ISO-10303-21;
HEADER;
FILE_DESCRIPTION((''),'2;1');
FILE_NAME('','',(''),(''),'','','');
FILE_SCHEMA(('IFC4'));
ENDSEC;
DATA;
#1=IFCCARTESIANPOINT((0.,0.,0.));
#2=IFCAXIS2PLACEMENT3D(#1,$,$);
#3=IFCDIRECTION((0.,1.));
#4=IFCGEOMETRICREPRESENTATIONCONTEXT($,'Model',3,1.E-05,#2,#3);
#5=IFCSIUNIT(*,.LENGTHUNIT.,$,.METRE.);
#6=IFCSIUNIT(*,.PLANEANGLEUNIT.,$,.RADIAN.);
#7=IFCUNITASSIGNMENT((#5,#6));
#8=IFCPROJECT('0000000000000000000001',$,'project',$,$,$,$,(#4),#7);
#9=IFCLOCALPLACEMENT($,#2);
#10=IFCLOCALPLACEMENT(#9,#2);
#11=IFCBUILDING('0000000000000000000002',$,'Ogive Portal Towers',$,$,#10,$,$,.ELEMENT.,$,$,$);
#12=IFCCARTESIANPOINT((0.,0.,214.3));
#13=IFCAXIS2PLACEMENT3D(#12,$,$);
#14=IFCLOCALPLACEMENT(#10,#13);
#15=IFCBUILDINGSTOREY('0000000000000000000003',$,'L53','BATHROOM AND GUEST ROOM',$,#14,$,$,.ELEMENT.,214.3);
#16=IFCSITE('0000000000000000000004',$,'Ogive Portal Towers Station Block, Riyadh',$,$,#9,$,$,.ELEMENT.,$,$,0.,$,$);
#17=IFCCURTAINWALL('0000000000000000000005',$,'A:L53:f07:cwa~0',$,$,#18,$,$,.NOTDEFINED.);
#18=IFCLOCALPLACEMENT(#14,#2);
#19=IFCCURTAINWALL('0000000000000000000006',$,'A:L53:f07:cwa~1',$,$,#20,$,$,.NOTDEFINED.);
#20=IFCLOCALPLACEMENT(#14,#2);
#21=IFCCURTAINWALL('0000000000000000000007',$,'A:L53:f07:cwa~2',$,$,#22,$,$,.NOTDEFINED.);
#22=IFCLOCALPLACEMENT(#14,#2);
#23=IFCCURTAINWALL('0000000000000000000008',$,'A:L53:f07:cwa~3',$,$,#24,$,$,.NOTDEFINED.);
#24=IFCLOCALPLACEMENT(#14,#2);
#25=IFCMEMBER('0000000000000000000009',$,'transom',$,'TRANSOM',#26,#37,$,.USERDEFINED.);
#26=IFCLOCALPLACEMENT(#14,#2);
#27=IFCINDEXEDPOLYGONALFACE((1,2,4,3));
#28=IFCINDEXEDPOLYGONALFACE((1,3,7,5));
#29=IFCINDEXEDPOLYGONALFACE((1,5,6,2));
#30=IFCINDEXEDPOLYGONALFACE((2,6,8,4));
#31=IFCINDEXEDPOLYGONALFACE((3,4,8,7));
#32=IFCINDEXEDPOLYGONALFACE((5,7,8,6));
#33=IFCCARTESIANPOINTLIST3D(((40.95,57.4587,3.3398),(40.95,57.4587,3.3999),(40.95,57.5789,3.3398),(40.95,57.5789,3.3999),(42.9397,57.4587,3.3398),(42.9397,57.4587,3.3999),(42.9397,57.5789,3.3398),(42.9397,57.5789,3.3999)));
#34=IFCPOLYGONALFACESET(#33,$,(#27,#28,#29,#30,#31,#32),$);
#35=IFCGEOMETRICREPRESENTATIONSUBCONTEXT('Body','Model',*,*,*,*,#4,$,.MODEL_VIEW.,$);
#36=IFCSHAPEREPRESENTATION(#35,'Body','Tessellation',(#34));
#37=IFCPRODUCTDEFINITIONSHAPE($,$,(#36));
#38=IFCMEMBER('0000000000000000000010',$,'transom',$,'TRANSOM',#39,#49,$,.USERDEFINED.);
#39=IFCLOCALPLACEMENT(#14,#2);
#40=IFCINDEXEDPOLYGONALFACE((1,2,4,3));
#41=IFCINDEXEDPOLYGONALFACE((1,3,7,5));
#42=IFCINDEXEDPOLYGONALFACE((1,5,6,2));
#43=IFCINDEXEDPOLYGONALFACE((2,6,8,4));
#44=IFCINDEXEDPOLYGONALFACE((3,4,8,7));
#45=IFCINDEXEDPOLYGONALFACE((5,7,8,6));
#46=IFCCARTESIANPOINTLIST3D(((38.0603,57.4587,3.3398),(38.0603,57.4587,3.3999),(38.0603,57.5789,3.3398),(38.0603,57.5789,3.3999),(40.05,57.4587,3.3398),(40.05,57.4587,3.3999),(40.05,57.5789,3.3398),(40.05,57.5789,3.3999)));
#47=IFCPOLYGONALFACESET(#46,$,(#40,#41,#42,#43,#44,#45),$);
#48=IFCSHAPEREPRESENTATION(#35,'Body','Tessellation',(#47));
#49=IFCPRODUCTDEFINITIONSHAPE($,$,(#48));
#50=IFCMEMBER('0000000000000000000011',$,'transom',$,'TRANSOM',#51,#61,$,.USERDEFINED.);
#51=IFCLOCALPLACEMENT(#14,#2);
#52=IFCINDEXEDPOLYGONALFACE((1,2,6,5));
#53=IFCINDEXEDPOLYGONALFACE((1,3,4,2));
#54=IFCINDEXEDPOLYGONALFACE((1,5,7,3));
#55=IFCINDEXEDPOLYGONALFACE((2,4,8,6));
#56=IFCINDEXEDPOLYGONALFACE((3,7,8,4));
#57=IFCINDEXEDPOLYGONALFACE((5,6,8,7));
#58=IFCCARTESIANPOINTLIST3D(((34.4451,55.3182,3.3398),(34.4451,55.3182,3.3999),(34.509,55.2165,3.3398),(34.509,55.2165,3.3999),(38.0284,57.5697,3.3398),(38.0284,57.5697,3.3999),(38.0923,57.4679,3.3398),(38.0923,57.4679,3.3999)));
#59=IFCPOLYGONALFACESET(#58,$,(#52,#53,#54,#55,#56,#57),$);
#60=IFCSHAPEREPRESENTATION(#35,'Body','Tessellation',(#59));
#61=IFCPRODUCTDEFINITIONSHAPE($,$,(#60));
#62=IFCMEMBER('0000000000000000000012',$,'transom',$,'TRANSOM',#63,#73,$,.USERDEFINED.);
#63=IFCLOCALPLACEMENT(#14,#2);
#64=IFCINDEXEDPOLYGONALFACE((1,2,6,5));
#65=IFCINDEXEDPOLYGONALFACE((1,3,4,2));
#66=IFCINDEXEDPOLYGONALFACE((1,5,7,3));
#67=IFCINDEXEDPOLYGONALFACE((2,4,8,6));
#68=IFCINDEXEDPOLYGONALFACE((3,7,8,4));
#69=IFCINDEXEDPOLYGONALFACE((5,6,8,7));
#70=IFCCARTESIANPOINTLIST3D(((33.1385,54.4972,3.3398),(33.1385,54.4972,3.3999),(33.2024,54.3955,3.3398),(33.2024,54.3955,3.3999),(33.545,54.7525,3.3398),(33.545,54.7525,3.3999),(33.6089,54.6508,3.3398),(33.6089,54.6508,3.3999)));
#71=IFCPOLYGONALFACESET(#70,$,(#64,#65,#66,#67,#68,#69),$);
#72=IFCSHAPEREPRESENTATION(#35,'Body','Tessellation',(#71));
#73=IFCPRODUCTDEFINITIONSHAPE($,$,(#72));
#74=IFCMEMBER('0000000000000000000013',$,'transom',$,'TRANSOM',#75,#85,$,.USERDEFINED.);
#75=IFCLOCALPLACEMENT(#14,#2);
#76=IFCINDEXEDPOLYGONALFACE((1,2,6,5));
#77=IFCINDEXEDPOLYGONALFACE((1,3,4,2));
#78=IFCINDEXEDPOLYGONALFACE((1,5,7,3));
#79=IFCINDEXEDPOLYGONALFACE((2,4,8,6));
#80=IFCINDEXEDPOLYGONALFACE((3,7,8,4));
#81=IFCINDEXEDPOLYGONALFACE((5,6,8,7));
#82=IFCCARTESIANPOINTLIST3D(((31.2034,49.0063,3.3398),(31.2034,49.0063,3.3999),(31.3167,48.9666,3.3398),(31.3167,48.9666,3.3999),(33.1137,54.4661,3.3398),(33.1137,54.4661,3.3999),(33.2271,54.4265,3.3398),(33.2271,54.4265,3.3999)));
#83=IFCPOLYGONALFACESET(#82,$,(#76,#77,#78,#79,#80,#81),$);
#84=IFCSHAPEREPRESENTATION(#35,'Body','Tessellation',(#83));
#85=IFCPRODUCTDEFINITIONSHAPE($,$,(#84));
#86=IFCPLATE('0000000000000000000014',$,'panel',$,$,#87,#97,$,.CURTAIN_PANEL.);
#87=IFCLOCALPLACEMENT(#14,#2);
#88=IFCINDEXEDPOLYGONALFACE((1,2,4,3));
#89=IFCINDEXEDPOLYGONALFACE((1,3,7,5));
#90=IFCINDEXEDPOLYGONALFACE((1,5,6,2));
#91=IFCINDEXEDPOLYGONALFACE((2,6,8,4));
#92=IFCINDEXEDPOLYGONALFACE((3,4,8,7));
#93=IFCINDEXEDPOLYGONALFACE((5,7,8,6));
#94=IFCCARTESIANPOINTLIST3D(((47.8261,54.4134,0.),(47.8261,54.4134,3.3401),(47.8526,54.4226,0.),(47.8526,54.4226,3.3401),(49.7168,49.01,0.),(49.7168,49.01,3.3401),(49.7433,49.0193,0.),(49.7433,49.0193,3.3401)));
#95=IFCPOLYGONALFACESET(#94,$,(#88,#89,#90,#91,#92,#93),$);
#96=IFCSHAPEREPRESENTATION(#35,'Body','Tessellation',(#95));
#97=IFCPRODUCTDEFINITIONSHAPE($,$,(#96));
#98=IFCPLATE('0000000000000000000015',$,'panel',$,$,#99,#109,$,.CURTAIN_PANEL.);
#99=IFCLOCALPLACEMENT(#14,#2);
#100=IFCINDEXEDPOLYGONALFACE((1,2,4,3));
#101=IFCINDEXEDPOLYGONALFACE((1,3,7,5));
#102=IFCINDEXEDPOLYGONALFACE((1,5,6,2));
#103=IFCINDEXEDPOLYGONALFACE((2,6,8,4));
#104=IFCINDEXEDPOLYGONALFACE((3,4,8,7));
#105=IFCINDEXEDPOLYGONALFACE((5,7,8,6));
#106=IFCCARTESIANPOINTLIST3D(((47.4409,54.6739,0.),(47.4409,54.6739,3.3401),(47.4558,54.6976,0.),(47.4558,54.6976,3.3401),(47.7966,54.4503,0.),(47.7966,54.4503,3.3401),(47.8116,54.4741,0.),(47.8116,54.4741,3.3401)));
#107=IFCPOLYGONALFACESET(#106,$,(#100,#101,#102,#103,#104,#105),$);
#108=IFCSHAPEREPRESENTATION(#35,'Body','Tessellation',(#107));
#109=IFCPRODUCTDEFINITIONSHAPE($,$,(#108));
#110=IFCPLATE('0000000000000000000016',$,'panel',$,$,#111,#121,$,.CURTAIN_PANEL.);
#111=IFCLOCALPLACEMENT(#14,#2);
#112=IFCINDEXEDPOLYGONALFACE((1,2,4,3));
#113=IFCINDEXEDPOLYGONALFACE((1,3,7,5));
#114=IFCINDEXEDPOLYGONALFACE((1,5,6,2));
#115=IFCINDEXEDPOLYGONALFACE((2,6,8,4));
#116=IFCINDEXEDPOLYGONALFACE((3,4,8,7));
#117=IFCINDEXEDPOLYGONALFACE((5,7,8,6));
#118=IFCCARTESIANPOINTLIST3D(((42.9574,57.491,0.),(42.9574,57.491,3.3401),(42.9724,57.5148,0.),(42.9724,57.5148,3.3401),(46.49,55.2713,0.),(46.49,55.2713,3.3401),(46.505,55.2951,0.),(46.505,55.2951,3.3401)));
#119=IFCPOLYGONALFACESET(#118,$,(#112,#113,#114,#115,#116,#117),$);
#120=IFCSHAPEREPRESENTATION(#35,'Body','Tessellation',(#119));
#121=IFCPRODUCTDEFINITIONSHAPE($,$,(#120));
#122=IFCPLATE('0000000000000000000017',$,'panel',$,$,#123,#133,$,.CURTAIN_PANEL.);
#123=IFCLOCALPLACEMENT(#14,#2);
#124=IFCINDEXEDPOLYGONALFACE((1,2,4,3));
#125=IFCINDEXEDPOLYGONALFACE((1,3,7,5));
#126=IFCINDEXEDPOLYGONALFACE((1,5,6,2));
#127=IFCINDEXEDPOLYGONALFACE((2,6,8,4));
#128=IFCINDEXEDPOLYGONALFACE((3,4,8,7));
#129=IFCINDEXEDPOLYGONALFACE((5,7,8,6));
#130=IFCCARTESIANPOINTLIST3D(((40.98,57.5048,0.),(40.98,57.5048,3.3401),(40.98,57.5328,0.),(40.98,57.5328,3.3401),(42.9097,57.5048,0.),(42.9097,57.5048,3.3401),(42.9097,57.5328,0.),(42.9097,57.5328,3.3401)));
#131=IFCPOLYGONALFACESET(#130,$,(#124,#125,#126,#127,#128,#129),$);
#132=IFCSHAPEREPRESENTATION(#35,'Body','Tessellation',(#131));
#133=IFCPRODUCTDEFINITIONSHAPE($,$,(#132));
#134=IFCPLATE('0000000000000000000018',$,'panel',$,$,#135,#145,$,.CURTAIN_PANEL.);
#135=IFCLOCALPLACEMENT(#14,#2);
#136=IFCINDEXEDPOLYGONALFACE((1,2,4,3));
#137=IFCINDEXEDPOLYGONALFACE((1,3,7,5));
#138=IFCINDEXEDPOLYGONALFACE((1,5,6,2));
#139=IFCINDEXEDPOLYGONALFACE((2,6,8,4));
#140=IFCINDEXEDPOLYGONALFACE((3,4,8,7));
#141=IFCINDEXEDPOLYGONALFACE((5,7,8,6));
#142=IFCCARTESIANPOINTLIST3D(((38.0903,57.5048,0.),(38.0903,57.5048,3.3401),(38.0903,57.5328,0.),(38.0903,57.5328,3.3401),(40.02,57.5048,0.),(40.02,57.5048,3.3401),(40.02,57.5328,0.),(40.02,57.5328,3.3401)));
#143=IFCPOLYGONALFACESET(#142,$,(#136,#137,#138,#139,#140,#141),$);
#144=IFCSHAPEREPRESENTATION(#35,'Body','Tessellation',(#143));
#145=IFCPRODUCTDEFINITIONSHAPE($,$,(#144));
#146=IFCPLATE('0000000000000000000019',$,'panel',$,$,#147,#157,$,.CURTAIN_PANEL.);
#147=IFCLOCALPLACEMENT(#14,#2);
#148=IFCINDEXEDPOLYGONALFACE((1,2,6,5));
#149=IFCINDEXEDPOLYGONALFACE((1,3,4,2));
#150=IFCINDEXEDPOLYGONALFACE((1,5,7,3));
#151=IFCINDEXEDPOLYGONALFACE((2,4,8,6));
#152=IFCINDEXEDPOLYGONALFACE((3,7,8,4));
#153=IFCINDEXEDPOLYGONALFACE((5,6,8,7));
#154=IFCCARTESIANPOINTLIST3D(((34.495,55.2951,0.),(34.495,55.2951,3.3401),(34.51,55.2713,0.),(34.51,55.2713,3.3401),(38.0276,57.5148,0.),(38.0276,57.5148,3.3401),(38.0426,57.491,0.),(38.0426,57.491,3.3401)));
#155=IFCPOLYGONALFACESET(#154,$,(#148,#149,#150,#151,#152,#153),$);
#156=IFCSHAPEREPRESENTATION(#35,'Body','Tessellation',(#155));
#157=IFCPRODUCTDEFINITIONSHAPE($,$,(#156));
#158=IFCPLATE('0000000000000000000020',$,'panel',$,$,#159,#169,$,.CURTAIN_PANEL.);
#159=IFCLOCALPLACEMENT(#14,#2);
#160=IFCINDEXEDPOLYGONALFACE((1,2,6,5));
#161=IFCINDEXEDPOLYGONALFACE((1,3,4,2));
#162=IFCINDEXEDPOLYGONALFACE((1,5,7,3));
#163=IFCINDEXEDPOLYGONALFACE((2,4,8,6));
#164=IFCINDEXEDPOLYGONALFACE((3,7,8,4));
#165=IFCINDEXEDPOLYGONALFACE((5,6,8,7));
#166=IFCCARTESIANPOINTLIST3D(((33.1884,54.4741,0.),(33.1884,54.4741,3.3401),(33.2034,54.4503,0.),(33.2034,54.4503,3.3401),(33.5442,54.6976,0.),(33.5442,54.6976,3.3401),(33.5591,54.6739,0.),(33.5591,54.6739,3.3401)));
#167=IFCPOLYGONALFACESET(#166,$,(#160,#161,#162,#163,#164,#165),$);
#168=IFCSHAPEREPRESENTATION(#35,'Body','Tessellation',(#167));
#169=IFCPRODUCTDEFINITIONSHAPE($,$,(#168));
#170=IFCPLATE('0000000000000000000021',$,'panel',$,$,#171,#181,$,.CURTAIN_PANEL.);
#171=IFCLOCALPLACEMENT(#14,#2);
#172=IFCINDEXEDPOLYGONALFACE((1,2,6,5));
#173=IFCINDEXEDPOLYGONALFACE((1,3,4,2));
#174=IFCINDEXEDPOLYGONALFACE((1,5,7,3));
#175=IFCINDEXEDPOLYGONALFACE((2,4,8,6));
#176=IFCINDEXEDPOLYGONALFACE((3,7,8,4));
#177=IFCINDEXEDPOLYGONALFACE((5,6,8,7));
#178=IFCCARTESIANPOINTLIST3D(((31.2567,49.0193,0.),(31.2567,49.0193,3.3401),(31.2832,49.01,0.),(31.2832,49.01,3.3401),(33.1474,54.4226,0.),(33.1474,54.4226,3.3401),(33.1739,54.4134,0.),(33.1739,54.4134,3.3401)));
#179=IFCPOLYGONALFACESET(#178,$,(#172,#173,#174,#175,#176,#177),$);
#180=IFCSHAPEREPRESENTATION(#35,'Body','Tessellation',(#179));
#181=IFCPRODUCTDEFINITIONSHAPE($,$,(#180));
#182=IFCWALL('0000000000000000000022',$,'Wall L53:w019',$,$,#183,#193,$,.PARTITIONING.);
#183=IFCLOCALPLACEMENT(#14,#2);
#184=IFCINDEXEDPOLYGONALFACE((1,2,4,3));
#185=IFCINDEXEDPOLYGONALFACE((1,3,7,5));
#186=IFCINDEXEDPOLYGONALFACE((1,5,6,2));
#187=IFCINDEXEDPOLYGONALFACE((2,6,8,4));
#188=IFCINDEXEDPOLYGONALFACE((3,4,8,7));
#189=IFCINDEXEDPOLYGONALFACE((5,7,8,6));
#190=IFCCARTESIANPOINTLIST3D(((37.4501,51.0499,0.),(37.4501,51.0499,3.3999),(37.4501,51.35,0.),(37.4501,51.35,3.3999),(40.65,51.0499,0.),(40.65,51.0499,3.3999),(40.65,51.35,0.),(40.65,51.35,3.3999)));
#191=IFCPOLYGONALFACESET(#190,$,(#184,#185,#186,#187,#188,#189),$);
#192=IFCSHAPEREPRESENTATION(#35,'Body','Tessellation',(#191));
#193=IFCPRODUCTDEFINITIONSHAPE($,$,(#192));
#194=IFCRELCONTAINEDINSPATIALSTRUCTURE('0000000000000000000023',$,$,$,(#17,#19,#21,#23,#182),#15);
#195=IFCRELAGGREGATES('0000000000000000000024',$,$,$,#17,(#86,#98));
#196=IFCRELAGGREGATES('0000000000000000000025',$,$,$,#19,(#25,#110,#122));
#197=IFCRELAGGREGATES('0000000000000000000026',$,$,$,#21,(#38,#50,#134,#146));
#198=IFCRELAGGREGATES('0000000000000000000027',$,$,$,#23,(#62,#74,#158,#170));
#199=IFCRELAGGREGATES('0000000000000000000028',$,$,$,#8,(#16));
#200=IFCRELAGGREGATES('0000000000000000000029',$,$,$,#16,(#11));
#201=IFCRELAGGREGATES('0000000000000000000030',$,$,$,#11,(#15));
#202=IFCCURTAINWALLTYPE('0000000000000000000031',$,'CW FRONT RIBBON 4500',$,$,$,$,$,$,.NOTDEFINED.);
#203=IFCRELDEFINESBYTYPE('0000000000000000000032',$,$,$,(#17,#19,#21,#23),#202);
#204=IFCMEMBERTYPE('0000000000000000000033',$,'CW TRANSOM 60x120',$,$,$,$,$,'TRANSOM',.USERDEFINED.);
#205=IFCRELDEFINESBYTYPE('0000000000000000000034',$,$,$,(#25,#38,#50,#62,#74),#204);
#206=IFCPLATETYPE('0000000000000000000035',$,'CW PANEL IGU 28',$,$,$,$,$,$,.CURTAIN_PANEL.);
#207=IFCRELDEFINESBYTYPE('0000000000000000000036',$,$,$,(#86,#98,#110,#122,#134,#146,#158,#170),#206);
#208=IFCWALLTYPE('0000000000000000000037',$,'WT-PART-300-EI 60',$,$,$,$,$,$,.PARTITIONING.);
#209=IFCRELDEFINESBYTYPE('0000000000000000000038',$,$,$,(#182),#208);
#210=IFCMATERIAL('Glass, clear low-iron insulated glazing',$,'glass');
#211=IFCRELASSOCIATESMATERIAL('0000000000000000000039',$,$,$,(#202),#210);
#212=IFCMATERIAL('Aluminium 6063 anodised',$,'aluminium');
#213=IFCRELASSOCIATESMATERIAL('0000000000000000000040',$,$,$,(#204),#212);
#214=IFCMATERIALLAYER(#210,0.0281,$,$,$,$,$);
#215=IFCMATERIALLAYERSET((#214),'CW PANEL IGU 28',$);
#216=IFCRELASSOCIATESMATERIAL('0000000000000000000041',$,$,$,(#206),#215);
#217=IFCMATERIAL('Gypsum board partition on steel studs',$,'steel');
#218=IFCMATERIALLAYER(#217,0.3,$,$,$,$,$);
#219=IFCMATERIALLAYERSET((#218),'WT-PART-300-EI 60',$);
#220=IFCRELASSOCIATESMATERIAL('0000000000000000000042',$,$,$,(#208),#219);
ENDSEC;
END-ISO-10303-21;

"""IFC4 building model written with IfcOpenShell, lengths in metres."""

from ifc_helpers import new_model, si_unit, direction, frame, frame_2d, origin, origin_2d, place, context, subcontext, project, spatial, rectangle, extrude, material, layer, layer_set, material_profile, profile_set, type_object, element, aggregate, save


model = new_model("IFC4")

# Units and contexts
model_context = context("Model", 3, precision=1e-05, world=origin(), true_north=direction((0.0, 1.0)))
body_context = subcontext(model_context, "Body", "Model", "MODEL_VIEW")
ifc_project = project(units=[si_unit("LENGTHUNIT", "METRE"), si_unit("PLANEANGLEUNIT", "RADIAN")], contexts=[model_context])

# Site, building, storey
site_placement = place(None, origin())
site = spatial("IfcSite", under=ifc_project, at=site_placement, Name="Ogive Portal Towers Station Block, Riyadh", CompositionType="ELEMENT", RefElevation=0.0)
building_placement = place(site_placement, origin())
building = spatial("IfcBuilding", under=site, at=building_placement, Name="Ogive Portal Towers", CompositionType="ELEMENT")
storey_placement = place(building_placement, frame((0.0, 0.0, 214.3)))
storey = spatial("IfcBuildingStorey", under=building, at=storey_placement, Name="L53", Description="BATHROOM AND GUEST ROOM", CompositionType="ELEMENT", Elevation=214.3)

# Curtain walls
ifc_material_1 = material(Name="Glass, clear low-iron insulated glazing", Category="glass")
curtain_wall_type = type_object("IfcCurtainWallType", Name="CW FRONT RIBBON 4500", PredefinedType="NOTDEFINED", material=ifc_material_1)
curtain_wall_1_placement = place(storey_placement, origin())
curtain_wall_1 = element("IfcCurtainWall", 1, at=curtain_wall_1_placement, inside=storey, type_object=curtain_wall_type, Name="A:L53:f07:cwa~0", PredefinedType="NOTDEFINED")
ifc_material_2 = material(Name="Aluminium 6063 anodised", Category="aluminium")
curtain_wall_2_placement = place(storey_placement, origin())
curtain_wall_2 = element("IfcCurtainWall", 2, at=curtain_wall_2_placement, inside=storey, type_object=curtain_wall_type, Name="A:L53:f07:cwa~1", PredefinedType="NOTDEFINED")
curtain_wall_3_placement = place(storey_placement, origin())
curtain_wall_3 = element("IfcCurtainWall", 3, at=curtain_wall_3_placement, inside=storey, type_object=curtain_wall_type, Name="A:L53:f07:cwa~2", PredefinedType="NOTDEFINED")
curtain_wall_4_placement = place(storey_placement, origin())
curtain_wall_4 = element("IfcCurtainWall", 4, at=curtain_wall_4_placement, inside=storey, type_object=curtain_wall_type, Name="A:L53:f07:cwa~3", PredefinedType="NOTDEFINED")

# Members
ifc_material_profile_1 = material_profile(ifc_material_2, rectangle(XDim=0.1201, YDim=0.0601, at=origin_2d()), Name="AL 120x60")
ifc_profile_set_1 = profile_set([ifc_material_profile_1], Name="Aluminium 6063 anodised")
member_type_1 = type_object("IfcMemberType", Name="CW TRANSOM 60x120", ElementType="TRANSOM", PredefinedType="USERDEFINED", material=ifc_profile_set_1)
member_1_placement = place(storey_placement, frame((42.9397, 57.5188, 3.3699), z_axis=(-1.0, 0.0, 0.0), x_axis=(0.0, -1.0, 0.0)))
member_1 = element("IfcMember", 5, at=member_1_placement, type_object=member_type_1, Name="transom", ObjectType="TRANSOM", PredefinedType="USERDEFINED", context=body_context, shape_type="SweptSolid", body=[
    extrude(rectangle(XDim=0.1201, YDim=0.0601, at=origin_2d()), origin(), (0.0, 0.0, 1.0), 1.9897),
])
member_2_placement = place(storey_placement, frame((40.05, 57.5188, 3.3699), z_axis=(-1.0, 0.0, 0.0), x_axis=(0.0, -1.0, 0.0)))
member_2 = element("IfcMember", 6, at=member_2_placement, type_object=member_type_1, Name="transom", ObjectType="TRANSOM", PredefinedType="USERDEFINED", context=body_context, shape_type="SweptSolid", body=[
    extrude(rectangle(XDim=0.1201, YDim=0.0601, at=origin_2d()), origin(), (0.0, 0.0, 1.0), 1.9897),
])
member_3_placement = place(storey_placement, frame((38.0603, 57.5188, 3.3699), z_axis=(-0.846729, -0.532025, 0.0), x_axis=(0.532025, -0.846729, 0.0)))
member_3 = element("IfcMember", 7, at=member_3_placement, type_object=member_type_1, Name="transom", ObjectType="TRANSOM", PredefinedType="USERDEFINED", context=body_context, shape_type="SweptSolid", body=[
    extrude(rectangle(XDim=0.1201, YDim=0.0601, at=origin_2d()), origin(), (0.0, 0.0, 1.0), 4.2319),
])
member_4_placement = place(storey_placement, frame((33.5769, 54.7017, 3.3699), z_axis=(-0.846767, -0.531963, 0.0), x_axis=(0.531963, -0.846767, 0.0)))
member_4 = element("IfcMember", 8, at=member_4_placement, type_object=member_type_1, Name="transom", ObjectType="TRANSOM", PredefinedType="USERDEFINED", context=body_context, shape_type="SweptSolid", body=[
    extrude(rectangle(XDim=0.1201, YDim=0.0601, at=origin_2d()), origin(), (0.0, 0.0, 1.0), 0.48),
])
member_5_placement = place(storey_placement, frame((33.1704, 54.4463, 3.3699), z_axis=(-0.33026, -0.94389, 0.0), x_axis=(0.94389, -0.33026, 0.0)))
member_5 = element("IfcMember", 9, at=member_5_placement, type_object=member_type_1, Name="transom", ObjectType="TRANSOM", PredefinedType="USERDEFINED", context=body_context, shape_type="SweptSolid", body=[
    extrude(rectangle(XDim=0.1201, YDim=0.0601, at=origin_2d()), origin(), (0.0, 0.0, 1.0), 5.7844),
])

# Plates
ifc_layer_1 = layer(ifc_material_1, 0.0281)
ifc_layer_set_1 = layer_set([ifc_layer_1], Name="CW PANEL IGU 28")
plate_type = type_object("IfcPlateType", Name="CW PANEL IGU 28", PredefinedType="CURTAIN_PANEL", material=ifc_layer_set_1)
plate_1_placement = place(storey_placement, frame((48.7847, 51.7163, 0.0), z_axis=(0.0, 0.0, 1.0), x_axis=(-0.330279, 0.943883, 0.0)))
plate_1 = element("IfcPlate", 10, at=plate_1_placement, type_object=plate_type, Name="panel", PredefinedType="CURTAIN_PANEL", context=body_context, shape_type="SweptSolid", body=[
    extrude(rectangle(XDim=5.7246, YDim=0.0281, at=origin_2d()), origin(), (0.0, 0.0, 1.0), 3.3401),
])
plate_2_placement = place(storey_placement, frame((47.6262, 54.574, 0.0), z_axis=(0.0, 0.0, 1.0), x_axis=(-0.846724, 0.532032, 0.0)))
plate_2 = element("IfcPlate", 11, at=plate_2_placement, type_object=plate_type, Name="panel", PredefinedType="CURTAIN_PANEL", context=body_context, shape_type="SweptSolid", body=[
    extrude(rectangle(XDim=0.4202, YDim=0.0281, at=origin_2d()), origin(), (0.0, 0.0, 1.0), 3.3401),
])
aggregate(curtain_wall_1, [plate_1, plate_2])
plate_3_placement = place(storey_placement, frame((44.7312, 56.3931, 0.0), z_axis=(0.0, 0.0, 1.0), x_axis=(-0.846724, 0.532032, 0.0)))
plate_3 = element("IfcPlate", 12, at=plate_3_placement, type_object=plate_type, Name="panel", PredefinedType="CURTAIN_PANEL", context=body_context, shape_type="SweptSolid", body=[
    extrude(rectangle(XDim=4.1721, YDim=0.0281, at=origin_2d()), origin(), (0.0, 0.0, 1.0), 3.3401),
])
plate_4_placement = place(storey_placement, frame((41.9448, 57.5188, 0.0), z_axis=(0.0, 0.0, 1.0), x_axis=(-1.0, 0.0, 0.0)))
plate_4 = element("IfcPlate", 13, at=plate_4_placement, type_object=plate_type, Name="panel", PredefinedType="CURTAIN_PANEL", context=body_context, shape_type="SweptSolid", body=[
    extrude(rectangle(XDim=1.9297, YDim=0.0281, at=origin_2d()), origin(), (0.0, 0.0, 1.0), 3.3401),
])
aggregate(curtain_wall_2, [member_1, plate_3, plate_4])
plate_5_placement = place(storey_placement, frame((39.0552, 57.5188, 0.0), z_axis=(0.0, 0.0, 1.0), x_axis=(-1.0, 0.0, 0.0)))
plate_5 = element("IfcPlate", 14, at=plate_5_placement, type_object=plate_type, Name="panel", PredefinedType="CURTAIN_PANEL", context=body_context, shape_type="SweptSolid", body=[
    extrude(rectangle(XDim=1.9297, YDim=0.0281, at=origin_2d()), origin(), (0.0, 0.0, 1.0), 3.3401),
])
plate_6_placement = place(storey_placement, frame((36.2688, 56.3931, 0.0), z_axis=(0.0, 0.0, 1.0), x_axis=(-0.846724, -0.532032, 0.0)))
plate_6 = element("IfcPlate", 15, at=plate_6_placement, type_object=plate_type, Name="panel", PredefinedType="CURTAIN_PANEL", context=body_context, shape_type="SweptSolid", body=[
    extrude(rectangle(XDim=4.1721, YDim=0.0281, at=origin_2d()), origin(), (0.0, 0.0, 1.0), 3.3401),
])
aggregate(curtain_wall_3, [member_2, member_3, plate_5, plate_6])
plate_7_placement = place(storey_placement, frame((33.3738, 54.574, 0.0), z_axis=(0.0, 0.0, 1.0), x_axis=(-0.846724, -0.532032, 0.0)))
plate_7 = element("IfcPlate", 16, at=plate_7_placement, type_object=plate_type, Name="panel", PredefinedType="CURTAIN_PANEL", context=body_context, shape_type="SweptSolid", body=[
    extrude(rectangle(XDim=0.4202, YDim=0.0281, at=origin_2d()), origin(), (0.0, 0.0, 1.0), 3.3401),
])
plate_8_placement = place(storey_placement, frame((32.2153, 51.7163, 0.0), z_axis=(0.0, 0.0, 1.0), x_axis=(-0.330279, -0.943883, 0.0)))
plate_8 = element("IfcPlate", 17, at=plate_8_placement, type_object=plate_type, Name="panel", PredefinedType="CURTAIN_PANEL", context=body_context, shape_type="SweptSolid", body=[
    extrude(rectangle(XDim=5.7246, YDim=0.0281, at=origin_2d()), origin(), (0.0, 0.0, 1.0), 3.3401),
])
aggregate(curtain_wall_4, [member_4, member_5, plate_7, plate_8])

# Wall
ifc_material_3 = material(Name="Gypsum board partition on steel studs", Category="steel")
ifc_layer_2 = layer(ifc_material_3, 0.3)
ifc_layer_set_2 = layer_set([ifc_layer_2], Name="WT-PART-300-EI 60")
wall_type = type_object("IfcWallType", Name="WT-PART-300-EI 60", PredefinedType="PARTITIONING", material=ifc_layer_set_2)
wall_1_placement = place(storey_placement, frame((37.45, 51.2, 0.0), z_axis=(0.0, 0.0, 1.0), x_axis=(1.0, 0.0, 0.0)))
element("IfcWall", 18, at=wall_1_placement, inside=storey, type_object=wall_type, Name="Wall L53:w019", PredefinedType="PARTITIONING", context=body_context, shape_type="SweptSolid", body=[
    extrude(rectangle(XDim=3.2, YDim=0.3, at=frame_2d((1.6001, 0.0))), origin(), (0.0, 0.0, 1.0), 3.3999),
])

save(model, "model.ifc")
